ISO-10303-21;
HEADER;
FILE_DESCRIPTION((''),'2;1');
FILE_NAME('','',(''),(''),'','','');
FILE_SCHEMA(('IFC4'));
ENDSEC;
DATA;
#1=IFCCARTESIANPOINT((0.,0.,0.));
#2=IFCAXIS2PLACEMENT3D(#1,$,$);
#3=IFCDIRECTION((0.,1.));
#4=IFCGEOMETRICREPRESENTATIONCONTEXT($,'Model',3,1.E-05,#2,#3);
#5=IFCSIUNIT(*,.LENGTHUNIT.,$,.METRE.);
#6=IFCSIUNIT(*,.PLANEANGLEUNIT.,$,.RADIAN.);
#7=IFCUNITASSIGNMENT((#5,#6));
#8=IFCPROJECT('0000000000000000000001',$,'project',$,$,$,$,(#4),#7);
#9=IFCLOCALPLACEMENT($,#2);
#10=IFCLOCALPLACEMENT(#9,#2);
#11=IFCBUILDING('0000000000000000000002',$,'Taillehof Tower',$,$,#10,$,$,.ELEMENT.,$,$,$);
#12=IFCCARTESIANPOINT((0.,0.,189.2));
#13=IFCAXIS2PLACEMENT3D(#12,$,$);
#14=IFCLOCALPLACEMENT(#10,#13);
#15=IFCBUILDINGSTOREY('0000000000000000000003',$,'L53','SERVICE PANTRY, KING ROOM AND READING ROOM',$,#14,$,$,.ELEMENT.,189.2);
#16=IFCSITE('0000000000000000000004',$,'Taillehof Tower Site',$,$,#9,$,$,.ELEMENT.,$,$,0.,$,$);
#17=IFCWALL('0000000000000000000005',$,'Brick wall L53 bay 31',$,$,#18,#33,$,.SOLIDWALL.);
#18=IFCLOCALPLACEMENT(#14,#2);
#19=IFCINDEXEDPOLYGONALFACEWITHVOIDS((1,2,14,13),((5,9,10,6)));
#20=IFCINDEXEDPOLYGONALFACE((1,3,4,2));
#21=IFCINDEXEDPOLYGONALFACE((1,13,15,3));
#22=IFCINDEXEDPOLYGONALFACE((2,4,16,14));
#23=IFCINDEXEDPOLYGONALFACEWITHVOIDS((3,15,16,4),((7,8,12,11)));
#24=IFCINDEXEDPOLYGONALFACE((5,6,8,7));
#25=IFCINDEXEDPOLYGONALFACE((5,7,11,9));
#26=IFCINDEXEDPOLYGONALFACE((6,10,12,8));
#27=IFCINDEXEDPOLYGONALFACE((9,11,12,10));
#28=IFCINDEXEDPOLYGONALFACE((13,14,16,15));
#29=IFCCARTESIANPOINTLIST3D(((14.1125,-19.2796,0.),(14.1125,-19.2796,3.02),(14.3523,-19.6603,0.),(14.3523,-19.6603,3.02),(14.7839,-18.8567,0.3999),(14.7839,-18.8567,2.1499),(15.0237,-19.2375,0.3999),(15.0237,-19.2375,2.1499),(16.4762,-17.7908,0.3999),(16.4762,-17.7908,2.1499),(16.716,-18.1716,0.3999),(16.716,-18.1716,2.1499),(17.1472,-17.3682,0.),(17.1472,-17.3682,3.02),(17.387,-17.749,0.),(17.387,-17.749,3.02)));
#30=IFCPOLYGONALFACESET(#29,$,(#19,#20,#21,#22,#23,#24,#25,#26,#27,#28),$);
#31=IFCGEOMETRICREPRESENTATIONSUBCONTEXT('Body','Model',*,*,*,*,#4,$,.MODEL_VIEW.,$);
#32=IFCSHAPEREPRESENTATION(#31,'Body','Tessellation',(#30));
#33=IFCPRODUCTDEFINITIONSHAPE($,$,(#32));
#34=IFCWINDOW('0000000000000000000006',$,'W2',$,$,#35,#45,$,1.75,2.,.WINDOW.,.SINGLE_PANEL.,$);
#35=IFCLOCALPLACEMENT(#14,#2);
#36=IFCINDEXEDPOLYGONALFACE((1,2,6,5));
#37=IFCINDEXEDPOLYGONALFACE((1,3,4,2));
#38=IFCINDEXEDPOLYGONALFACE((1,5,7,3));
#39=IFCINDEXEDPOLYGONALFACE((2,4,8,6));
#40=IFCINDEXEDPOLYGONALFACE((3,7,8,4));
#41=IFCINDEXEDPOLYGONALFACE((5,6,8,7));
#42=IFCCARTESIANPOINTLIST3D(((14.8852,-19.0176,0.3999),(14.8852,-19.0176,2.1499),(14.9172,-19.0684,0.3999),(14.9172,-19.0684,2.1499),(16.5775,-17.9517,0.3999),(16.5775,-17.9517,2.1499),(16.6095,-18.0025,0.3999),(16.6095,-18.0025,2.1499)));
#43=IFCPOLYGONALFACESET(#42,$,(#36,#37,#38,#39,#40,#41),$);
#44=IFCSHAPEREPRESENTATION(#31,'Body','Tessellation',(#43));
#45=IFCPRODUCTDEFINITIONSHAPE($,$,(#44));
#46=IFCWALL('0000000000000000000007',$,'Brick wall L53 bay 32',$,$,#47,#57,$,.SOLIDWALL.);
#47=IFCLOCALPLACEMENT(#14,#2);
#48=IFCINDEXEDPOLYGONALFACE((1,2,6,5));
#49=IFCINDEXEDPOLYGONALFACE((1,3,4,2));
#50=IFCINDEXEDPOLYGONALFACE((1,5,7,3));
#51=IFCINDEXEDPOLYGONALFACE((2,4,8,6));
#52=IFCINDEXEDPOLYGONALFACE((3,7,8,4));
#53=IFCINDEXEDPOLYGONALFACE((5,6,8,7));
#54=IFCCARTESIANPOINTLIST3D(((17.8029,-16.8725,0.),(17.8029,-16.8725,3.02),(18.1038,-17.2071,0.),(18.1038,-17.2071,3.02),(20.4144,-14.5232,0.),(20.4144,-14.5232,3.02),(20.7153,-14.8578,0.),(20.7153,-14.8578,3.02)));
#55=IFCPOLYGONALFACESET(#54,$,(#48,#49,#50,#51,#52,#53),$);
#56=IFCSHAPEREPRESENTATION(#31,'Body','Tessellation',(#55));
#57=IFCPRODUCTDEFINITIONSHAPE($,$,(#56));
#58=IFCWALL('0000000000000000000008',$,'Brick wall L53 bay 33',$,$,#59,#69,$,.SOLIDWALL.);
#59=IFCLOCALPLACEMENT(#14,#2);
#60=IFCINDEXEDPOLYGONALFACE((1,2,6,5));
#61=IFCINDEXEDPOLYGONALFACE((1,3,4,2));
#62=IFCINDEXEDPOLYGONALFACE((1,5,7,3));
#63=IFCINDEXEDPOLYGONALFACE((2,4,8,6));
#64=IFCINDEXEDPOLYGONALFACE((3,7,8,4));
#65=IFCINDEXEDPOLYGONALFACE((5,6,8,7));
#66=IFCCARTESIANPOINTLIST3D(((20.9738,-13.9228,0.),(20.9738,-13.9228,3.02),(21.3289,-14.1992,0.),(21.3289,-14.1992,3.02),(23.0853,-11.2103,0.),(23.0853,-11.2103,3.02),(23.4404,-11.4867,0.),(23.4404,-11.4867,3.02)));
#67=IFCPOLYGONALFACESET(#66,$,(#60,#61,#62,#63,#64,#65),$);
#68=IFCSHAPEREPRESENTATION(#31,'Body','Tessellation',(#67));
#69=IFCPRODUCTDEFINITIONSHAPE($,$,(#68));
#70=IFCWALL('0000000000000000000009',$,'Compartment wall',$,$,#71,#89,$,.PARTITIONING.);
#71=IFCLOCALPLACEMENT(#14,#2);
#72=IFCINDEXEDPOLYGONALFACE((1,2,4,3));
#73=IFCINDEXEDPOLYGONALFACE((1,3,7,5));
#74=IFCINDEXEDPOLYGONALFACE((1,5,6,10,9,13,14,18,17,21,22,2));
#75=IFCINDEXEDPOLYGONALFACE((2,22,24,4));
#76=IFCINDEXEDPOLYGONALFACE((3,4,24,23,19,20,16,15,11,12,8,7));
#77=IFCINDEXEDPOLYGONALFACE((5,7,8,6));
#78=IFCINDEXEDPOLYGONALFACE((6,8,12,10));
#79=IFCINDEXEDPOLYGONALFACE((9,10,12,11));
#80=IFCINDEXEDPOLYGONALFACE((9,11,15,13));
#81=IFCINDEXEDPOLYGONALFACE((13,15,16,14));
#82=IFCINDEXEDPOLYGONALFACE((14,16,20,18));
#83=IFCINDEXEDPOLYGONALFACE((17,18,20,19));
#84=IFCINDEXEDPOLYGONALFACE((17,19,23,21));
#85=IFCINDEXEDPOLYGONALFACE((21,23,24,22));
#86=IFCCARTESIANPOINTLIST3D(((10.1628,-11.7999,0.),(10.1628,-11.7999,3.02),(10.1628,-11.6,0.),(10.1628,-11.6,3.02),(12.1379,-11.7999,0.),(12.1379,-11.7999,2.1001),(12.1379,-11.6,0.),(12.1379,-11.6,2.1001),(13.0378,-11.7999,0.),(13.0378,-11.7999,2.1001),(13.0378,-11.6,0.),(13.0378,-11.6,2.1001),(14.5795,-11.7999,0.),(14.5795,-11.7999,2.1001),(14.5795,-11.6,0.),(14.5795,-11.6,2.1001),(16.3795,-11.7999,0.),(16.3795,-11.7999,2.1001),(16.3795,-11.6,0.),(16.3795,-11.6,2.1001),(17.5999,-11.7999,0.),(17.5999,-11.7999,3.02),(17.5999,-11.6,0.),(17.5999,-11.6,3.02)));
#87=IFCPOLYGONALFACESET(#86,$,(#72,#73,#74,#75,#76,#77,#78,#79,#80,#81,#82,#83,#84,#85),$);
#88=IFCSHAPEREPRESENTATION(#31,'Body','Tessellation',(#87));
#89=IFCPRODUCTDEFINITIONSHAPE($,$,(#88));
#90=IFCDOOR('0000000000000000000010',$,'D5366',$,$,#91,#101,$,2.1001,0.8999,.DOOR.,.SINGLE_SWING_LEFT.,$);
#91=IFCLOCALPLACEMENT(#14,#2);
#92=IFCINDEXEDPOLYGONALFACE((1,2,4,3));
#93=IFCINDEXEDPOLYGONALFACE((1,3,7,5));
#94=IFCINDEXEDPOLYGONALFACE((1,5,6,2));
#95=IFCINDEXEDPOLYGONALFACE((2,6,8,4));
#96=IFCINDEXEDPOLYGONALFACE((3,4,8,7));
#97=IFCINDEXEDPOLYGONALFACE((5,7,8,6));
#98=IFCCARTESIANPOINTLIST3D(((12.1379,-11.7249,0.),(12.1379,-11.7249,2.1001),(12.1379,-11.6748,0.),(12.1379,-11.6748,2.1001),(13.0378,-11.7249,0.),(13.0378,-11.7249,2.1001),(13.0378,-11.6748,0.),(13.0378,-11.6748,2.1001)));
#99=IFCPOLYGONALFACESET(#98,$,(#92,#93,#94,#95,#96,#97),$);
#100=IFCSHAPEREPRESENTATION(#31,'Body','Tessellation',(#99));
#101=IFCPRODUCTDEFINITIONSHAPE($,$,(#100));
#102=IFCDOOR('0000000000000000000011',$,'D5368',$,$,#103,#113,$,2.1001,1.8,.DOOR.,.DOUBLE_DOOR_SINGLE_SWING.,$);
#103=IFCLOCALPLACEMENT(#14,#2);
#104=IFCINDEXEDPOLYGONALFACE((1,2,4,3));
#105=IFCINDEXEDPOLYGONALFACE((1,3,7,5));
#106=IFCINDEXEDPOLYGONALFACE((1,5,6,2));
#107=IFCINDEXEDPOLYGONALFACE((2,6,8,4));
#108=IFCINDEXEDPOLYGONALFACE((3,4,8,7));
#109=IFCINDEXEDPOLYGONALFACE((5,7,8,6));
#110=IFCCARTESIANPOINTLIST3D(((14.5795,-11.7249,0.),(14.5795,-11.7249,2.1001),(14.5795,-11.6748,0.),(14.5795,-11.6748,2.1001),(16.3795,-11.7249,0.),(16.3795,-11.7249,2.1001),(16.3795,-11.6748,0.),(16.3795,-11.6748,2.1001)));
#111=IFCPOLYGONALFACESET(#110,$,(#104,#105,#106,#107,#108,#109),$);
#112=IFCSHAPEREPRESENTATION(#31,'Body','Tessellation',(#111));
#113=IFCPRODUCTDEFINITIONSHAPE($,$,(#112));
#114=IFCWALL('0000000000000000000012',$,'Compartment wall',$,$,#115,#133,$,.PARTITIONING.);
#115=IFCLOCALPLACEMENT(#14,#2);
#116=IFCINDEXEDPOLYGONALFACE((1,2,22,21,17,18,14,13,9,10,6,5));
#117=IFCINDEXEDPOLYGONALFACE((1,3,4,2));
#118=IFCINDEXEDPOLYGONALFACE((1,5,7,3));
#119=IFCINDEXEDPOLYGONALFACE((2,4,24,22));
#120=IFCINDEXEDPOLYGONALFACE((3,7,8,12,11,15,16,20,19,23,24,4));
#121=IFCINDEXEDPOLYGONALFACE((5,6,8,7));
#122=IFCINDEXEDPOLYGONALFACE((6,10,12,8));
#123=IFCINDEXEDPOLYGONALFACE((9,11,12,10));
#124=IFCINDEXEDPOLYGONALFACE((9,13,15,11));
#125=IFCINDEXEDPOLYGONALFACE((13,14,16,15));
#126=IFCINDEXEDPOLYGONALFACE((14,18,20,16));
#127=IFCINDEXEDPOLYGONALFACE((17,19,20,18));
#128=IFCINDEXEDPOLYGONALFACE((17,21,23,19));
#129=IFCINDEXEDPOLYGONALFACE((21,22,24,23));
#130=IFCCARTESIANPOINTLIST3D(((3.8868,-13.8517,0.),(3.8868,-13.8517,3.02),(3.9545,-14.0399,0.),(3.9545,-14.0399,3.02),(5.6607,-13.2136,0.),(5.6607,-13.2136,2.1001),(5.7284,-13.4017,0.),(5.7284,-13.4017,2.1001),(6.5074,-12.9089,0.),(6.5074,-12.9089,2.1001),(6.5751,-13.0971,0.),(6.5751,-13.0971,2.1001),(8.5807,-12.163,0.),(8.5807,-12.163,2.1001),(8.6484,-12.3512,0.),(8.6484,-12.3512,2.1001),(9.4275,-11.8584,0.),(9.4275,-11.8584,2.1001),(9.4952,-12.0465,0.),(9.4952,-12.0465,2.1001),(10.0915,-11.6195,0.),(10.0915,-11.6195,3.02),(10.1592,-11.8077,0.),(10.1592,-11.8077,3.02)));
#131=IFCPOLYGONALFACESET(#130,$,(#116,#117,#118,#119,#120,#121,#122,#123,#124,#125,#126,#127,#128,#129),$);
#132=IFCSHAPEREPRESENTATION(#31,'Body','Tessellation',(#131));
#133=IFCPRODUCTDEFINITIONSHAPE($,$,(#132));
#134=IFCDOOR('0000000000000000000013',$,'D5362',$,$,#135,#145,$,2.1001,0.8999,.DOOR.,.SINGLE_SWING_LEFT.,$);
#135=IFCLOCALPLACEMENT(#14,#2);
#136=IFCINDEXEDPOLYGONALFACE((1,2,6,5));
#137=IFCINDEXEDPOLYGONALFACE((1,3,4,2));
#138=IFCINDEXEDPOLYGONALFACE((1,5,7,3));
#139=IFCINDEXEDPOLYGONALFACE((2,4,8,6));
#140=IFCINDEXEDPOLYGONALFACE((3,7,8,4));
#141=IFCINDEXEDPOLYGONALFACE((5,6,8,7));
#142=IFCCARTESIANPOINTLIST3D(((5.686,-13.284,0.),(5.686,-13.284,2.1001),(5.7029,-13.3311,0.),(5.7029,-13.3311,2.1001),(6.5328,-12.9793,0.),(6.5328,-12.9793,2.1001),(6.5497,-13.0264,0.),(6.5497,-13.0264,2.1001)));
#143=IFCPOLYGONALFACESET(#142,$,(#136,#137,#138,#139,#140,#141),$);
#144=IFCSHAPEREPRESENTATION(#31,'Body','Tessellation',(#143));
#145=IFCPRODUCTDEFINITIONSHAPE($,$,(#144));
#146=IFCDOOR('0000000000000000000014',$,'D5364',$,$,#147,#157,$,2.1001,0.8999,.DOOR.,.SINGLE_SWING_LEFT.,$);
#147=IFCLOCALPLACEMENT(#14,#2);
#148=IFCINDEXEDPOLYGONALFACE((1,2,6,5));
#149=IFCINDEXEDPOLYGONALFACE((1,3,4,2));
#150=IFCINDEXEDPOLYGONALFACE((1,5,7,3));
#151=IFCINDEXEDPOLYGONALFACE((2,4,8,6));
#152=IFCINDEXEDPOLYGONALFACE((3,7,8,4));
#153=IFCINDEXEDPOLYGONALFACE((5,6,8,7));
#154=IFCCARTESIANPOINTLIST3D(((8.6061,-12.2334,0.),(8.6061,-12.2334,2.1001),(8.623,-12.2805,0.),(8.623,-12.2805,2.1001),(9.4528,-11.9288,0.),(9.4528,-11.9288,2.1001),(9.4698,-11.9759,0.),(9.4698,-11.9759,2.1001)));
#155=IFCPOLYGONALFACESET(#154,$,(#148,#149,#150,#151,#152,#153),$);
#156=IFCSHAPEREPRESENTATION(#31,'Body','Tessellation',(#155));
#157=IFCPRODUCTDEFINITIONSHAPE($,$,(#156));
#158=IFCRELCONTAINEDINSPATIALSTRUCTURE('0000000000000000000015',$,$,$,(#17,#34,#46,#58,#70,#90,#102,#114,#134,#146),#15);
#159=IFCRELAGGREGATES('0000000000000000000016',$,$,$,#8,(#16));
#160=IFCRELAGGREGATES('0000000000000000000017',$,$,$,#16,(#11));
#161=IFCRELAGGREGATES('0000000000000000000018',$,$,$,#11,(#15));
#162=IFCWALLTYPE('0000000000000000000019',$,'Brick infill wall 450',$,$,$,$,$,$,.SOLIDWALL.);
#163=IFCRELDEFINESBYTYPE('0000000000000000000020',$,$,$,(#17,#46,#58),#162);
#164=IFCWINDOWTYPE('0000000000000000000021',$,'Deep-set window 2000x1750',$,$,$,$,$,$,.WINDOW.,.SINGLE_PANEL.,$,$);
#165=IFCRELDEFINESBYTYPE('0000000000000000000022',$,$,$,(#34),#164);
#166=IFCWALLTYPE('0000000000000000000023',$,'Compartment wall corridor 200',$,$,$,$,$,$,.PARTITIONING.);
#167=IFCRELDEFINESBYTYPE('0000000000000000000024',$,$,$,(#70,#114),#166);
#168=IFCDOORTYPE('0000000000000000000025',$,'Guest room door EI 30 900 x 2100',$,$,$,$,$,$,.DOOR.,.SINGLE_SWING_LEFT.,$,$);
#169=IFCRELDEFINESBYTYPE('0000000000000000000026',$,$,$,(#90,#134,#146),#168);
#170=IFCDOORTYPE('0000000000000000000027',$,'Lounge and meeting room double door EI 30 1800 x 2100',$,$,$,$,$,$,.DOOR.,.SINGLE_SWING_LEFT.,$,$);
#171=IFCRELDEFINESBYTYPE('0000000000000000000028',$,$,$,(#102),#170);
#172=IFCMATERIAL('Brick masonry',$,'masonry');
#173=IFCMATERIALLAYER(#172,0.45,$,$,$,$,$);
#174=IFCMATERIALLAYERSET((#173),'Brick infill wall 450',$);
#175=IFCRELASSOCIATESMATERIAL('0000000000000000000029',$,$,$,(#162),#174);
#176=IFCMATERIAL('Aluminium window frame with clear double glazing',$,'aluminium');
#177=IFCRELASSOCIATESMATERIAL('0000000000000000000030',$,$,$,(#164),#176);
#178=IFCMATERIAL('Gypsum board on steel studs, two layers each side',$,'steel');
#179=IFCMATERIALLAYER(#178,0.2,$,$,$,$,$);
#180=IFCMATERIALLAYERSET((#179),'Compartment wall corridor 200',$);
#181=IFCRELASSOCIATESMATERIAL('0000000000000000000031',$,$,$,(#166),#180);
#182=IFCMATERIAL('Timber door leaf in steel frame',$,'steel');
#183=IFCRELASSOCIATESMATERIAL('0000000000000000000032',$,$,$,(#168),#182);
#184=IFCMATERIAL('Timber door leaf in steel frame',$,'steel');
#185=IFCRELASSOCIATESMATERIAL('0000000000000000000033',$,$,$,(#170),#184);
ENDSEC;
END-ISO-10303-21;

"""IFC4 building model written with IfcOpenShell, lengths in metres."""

from ifc_helpers import new_model, si_unit, direction, frame, frame_2d, origin, place, context, subcontext, project, spatial, rectangle, extrude, material, layer, layer_set, type_object, element, fill, save


model = new_model("IFC4")

# Units and contexts
model_context = context("Model", 3, precision=1e-05, world=origin(), true_north=direction((0.0, 1.0)))
body_context = subcontext(model_context, "Body", "Model", "MODEL_VIEW")
ifc_project = project(units=[si_unit("LENGTHUNIT", "METRE"), si_unit("PLANEANGLEUNIT", "RADIAN")], contexts=[model_context])

# Site, building, storey
site_placement = place(None, origin())
site = spatial("IfcSite", under=ifc_project, at=site_placement, Name="Taillehof Tower Site", CompositionType="ELEMENT", RefElevation=0.0)
building_placement = place(site_placement, origin())
building = spatial("IfcBuilding", under=site, at=building_placement, Name="Taillehof Tower", CompositionType="ELEMENT")
storey_placement = place(building_placement, frame((0.0, 0.0, 189.2)))
storey = spatial("IfcBuildingStorey", under=building, at=storey_placement, Name="L53", Description="SERVICE PANTRY, KING ROOM AND READING ROOM", CompositionType="ELEMENT", Elevation=189.2)

# Wall, opening, window
ifc_material_1 = material(Name="Brick masonry", Category="masonry")
ifc_layer_1 = layer(ifc_material_1, 0.45)
ifc_layer_set_1 = layer_set([ifc_layer_1], Name="Brick infill wall 450")
wall_type_1 = type_object("IfcWallType", Name="Brick infill wall 450", PredefinedType="SOLIDWALL", material=ifc_layer_set_1)
ifc_material_2 = material(Name="Aluminium window frame with clear double glazing", Category="aluminium")
window_type = type_object("IfcWindowType", Name="Deep-set window 2000x1750", PartitioningType="SINGLE_PANEL", PredefinedType="WINDOW", material=ifc_material_2)
wall_1_placement = place(storey_placement, frame((14.2324, -19.47, 0.0), z_axis=(0.0, 0.0, 1.0), x_axis=(0.84615, 0.532945, 0.0)))
wall_1 = element("IfcWall", 1, at=wall_1_placement, inside=storey, type_object=wall_type_1, Name="Brick wall L53 bay 31", PredefinedType="SOLIDWALL", context=body_context, shape_type="SweptSolid", body=[
    extrude(rectangle(XDim=3.5864, YDim=0.45, at=frame_2d((1.7932, 0.0))), origin(), (0.0, 0.0, 1.0), 3.02),
])
opening_1_placement = place(wall_1_placement, frame((0.7935, 0.0, 0.3999)))
opening_1 = element("IfcOpeningElement", 2, at=opening_1_placement, cuts=wall_1, PredefinedType="OPENING", context=body_context, shape_type="SweptSolid", body=[
    extrude(rectangle(XDim=2.0, YDim=1.75, at=frame_2d((1.0, 0.875))), frame((0.0, 0.2349, 0.0), z_axis=(0.0, -1.0, 0.0), x_axis=(1.0, 0.0, 0.0)), (0.0, 0.0, 1.0), 0.47),
])
window_1_placement = place(opening_1_placement, origin())
window_1 = element("IfcWindow", 3, at=window_1_placement, inside=storey, type_object=window_type, Name="W2", OverallHeight=1.75, OverallWidth=2.0, PartitioningType="SINGLE_PANEL", PredefinedType="WINDOW", context=body_context, shape_type="SweptSolid", body=[
    extrude(rectangle(XDim=2.0, YDim=1.75, at=frame_2d((1.0, 0.875))), frame((0.0, 0.0349, 0.0), z_axis=(0.0, -1.0, 0.0), x_axis=(1.0, 0.0, 0.0)), (0.0, 0.0, 1.0), 0.0601),
])
fill(opening_1, window_1)

# Walls
wall_2_placement = place(storey_placement, frame((17.9534, -17.0398, 0.0), z_axis=(0.0, 0.0, 1.0), x_axis=(0.743443, 0.6688, 0.0)))
element("IfcWall", 4, at=wall_2_placement, inside=storey, type_object=wall_type_1, Name="Brick wall L53 bay 32", PredefinedType="SOLIDWALL", context=body_context, shape_type="SweptSolid", body=[
    extrude(rectangle(XDim=3.5127, YDim=0.45, at=frame_2d((1.7563, 0.0))), origin(), (0.0, 0.0, 1.0), 3.02),
])
wall_3_placement = place(storey_placement, frame((21.1514, -14.061, 0.0), z_axis=(0.0, 0.0, 1.0), x_axis=(0.614255, 0.789107, 0.0)))
element("IfcWall", 5, at=wall_3_placement, inside=storey, type_object=wall_type_1, Name="Brick wall L53 bay 33", PredefinedType="SOLIDWALL", context=body_context, shape_type="SweptSolid", body=[
    extrude(rectangle(XDim=3.4375, YDim=0.45, at=frame_2d((1.7188, 0.0))), origin(), (0.0, 0.0, 1.0), 3.02),
])

# Walls, openings, doors
ifc_material_3 = material(Name="Gypsum board on steel studs, two layers each side", Category="steel")
ifc_layer_2 = layer(ifc_material_3, 0.2)
ifc_layer_set_2 = layer_set([ifc_layer_2], Name="Compartment wall corridor 200")
wall_type_2 = type_object("IfcWallType", Name="Compartment wall corridor 200", PredefinedType="PARTITIONING", material=ifc_layer_set_2)
wall_4_placement = place(storey_placement, frame((17.5999, -11.7, 0.0), z_axis=(0.0, 0.0, 1.0), x_axis=(-1.0, 0.0, 0.0)))
wall_4 = element("IfcWall", 6, at=wall_4_placement, inside=storey, type_object=wall_type_2, Name="Compartment wall", PredefinedType="PARTITIONING", context=body_context, shape_type="SweptSolid", body=[
    extrude(rectangle(XDim=7.437, YDim=0.2, at=frame_2d((3.7185, 0.0))), origin(), (0.0, 0.0, 1.0), 3.02),
])
opening_2_placement = place(wall_4_placement, frame((4.562, 0.0, 0.0)))
opening_2 = element("IfcOpeningElement", 7, at=opening_2_placement, cuts=wall_4, PredefinedType="OPENING", context=body_context, shape_type="SweptSolid", body=[
    extrude(rectangle(XDim=0.8999, YDim=2.1001, at=frame_2d((0.45, 1.05))), frame((0.0, 0.1099, 0.0), z_axis=(0.0, -1.0, 0.0), x_axis=(1.0, 0.0, 0.0)), (0.0, 0.0, 1.0), 0.22),
])
opening_3_placement = place(wall_4_placement, frame((1.2205, 0.0, 0.0)))
opening_3 = element("IfcOpeningElement", 8, at=opening_3_placement, cuts=wall_4, PredefinedType="OPENING", context=body_context, shape_type="SweptSolid", body=[
    extrude(rectangle(XDim=1.8, YDim=2.1001, at=frame_2d((0.8999, 1.05))), frame((0.0, 0.1099, 0.0), z_axis=(0.0, -1.0, 0.0), x_axis=(1.0, 0.0, 0.0)), (0.0, 0.0, 1.0), 0.22),
])
ifc_material_4 = material(Name="Timber door leaf in steel frame", Category="steel")
door_type_1 = type_object("IfcDoorType", Name="Guest room door EI 30 900 x 2100", OperationType="SINGLE_SWING_LEFT", PredefinedType="DOOR", material=ifc_material_4)
door_1_placement = place(opening_2_placement, origin())
door_1 = element("IfcDoor", 9, at=door_1_placement, inside=storey, type_object=door_type_1, Name="D5366", OperationType="SINGLE_SWING_LEFT", OverallHeight=2.1001, OverallWidth=0.8999, PredefinedType="DOOR", context=body_context, shape_type="SweptSolid", body=[
    extrude(rectangle(XDim=0.8999, YDim=2.1001, at=frame_2d((0.45, 1.05))), frame((0.0, 0.0249, 0.0), z_axis=(0.0, -1.0, 0.0), x_axis=(1.0, 0.0, 0.0)), (0.0, 0.0, 1.0), 0.05),
])
fill(opening_2, door_1)
ifc_material_5 = material(Name="Timber door leaf in steel frame", Category="steel")
door_type_2 = type_object("IfcDoorType", Name="Lounge and meeting room double door EI 30 1800 x 2100", OperationType="SINGLE_SWING_LEFT", PredefinedType="DOOR", material=ifc_material_5)
door_2_placement = place(opening_3_placement, origin())
door_2 = element("IfcDoor", 10, at=door_2_placement, inside=storey, type_object=door_type_2, Name="D5368", OperationType="DOUBLE_DOOR_SINGLE_SWING", OverallHeight=2.1001, OverallWidth=1.8, PredefinedType="DOOR", context=body_context, shape_type="SweptSolid", body=[
    extrude(rectangle(XDim=1.8, YDim=2.1001, at=frame_2d((0.8999, 1.05))), frame((0.0, 0.0249, 0.0), z_axis=(0.0, -1.0, 0.0), x_axis=(1.0, 0.0, 0.0)), (0.0, 0.0, 1.0), 0.05),
])
fill(opening_3, door_2)
wall_5_placement = place(storey_placement, frame((10.1252, -11.7136, 0.0), z_axis=(0.0, 0.0, 1.0), x_axis=(-0.940959, -0.338521, 0.0)))
wall_5 = element("IfcWall", 11, at=wall_5_placement, inside=storey, type_object=wall_type_2, Name="Compartment wall", PredefinedType="PARTITIONING", context=body_context, shape_type="SweptSolid", body=[
    extrude(rectangle(XDim=6.594, YDim=0.2, at=frame_2d((3.2969, 0.0))), origin(), (0.0, 0.0, 1.0), 3.02),
])
opening_4_placement = place(wall_5_placement, frame((3.8088, 0.0, 0.0)))
opening_4 = element("IfcOpeningElement", 12, at=opening_4_placement, cuts=wall_5, PredefinedType="OPENING", context=body_context, shape_type="SweptSolid", body=[
    extrude(rectangle(XDim=0.8999, YDim=2.1001, at=frame_2d((0.45, 1.05))), frame((0.0, 0.1099, 0.0), z_axis=(0.0, -1.0, 0.0), x_axis=(1.0, 0.0, 0.0)), (0.0, 0.0, 1.0), 0.22),
])
opening_5_placement = place(wall_5_placement, frame((0.7056, 0.0, 0.0)))
opening_5 = element("IfcOpeningElement", 13, at=opening_5_placement, cuts=wall_5, PredefinedType="OPENING", context=body_context, shape_type="SweptSolid", body=[
    extrude(rectangle(XDim=0.8999, YDim=2.1001, at=frame_2d((0.45, 1.05))), frame((0.0, 0.1099, 0.0), z_axis=(0.0, -1.0, 0.0), x_axis=(1.0, 0.0, 0.0)), (0.0, 0.0, 1.0), 0.22),
])
door_3_placement = place(opening_4_placement, origin())
door_3 = element("IfcDoor", 14, at=door_3_placement, inside=storey, type_object=door_type_1, Name="D5362", OperationType="SINGLE_SWING_LEFT", OverallHeight=2.1001, OverallWidth=0.8999, PredefinedType="DOOR", context=body_context, shape_type="SweptSolid", body=[
    extrude(rectangle(XDim=0.8999, YDim=2.1001, at=frame_2d((0.45, 1.05))), frame((0.0, 0.0249, 0.0), z_axis=(0.0, -1.0, 0.0), x_axis=(1.0, 0.0, 0.0)), (0.0, 0.0, 1.0), 0.05),
])
fill(opening_4, door_3)
door_4_placement = place(opening_5_placement, origin())
door_4 = element("IfcDoor", 15, at=door_4_placement, inside=storey, type_object=door_type_1, Name="D5364", OperationType="SINGLE_SWING_LEFT", OverallHeight=2.1001, OverallWidth=0.8999, PredefinedType="DOOR", context=body_context, shape_type="SweptSolid", body=[
    extrude(rectangle(XDim=0.8999, YDim=2.1001, at=frame_2d((0.45, 1.05))), frame((0.0, 0.0249, 0.0), z_axis=(0.0, -1.0, 0.0), x_axis=(1.0, 0.0, 0.0)), (0.0, 0.0, 1.0), 0.05),
])
fill(opening_5, door_4)

save(model, "model.ifc")
